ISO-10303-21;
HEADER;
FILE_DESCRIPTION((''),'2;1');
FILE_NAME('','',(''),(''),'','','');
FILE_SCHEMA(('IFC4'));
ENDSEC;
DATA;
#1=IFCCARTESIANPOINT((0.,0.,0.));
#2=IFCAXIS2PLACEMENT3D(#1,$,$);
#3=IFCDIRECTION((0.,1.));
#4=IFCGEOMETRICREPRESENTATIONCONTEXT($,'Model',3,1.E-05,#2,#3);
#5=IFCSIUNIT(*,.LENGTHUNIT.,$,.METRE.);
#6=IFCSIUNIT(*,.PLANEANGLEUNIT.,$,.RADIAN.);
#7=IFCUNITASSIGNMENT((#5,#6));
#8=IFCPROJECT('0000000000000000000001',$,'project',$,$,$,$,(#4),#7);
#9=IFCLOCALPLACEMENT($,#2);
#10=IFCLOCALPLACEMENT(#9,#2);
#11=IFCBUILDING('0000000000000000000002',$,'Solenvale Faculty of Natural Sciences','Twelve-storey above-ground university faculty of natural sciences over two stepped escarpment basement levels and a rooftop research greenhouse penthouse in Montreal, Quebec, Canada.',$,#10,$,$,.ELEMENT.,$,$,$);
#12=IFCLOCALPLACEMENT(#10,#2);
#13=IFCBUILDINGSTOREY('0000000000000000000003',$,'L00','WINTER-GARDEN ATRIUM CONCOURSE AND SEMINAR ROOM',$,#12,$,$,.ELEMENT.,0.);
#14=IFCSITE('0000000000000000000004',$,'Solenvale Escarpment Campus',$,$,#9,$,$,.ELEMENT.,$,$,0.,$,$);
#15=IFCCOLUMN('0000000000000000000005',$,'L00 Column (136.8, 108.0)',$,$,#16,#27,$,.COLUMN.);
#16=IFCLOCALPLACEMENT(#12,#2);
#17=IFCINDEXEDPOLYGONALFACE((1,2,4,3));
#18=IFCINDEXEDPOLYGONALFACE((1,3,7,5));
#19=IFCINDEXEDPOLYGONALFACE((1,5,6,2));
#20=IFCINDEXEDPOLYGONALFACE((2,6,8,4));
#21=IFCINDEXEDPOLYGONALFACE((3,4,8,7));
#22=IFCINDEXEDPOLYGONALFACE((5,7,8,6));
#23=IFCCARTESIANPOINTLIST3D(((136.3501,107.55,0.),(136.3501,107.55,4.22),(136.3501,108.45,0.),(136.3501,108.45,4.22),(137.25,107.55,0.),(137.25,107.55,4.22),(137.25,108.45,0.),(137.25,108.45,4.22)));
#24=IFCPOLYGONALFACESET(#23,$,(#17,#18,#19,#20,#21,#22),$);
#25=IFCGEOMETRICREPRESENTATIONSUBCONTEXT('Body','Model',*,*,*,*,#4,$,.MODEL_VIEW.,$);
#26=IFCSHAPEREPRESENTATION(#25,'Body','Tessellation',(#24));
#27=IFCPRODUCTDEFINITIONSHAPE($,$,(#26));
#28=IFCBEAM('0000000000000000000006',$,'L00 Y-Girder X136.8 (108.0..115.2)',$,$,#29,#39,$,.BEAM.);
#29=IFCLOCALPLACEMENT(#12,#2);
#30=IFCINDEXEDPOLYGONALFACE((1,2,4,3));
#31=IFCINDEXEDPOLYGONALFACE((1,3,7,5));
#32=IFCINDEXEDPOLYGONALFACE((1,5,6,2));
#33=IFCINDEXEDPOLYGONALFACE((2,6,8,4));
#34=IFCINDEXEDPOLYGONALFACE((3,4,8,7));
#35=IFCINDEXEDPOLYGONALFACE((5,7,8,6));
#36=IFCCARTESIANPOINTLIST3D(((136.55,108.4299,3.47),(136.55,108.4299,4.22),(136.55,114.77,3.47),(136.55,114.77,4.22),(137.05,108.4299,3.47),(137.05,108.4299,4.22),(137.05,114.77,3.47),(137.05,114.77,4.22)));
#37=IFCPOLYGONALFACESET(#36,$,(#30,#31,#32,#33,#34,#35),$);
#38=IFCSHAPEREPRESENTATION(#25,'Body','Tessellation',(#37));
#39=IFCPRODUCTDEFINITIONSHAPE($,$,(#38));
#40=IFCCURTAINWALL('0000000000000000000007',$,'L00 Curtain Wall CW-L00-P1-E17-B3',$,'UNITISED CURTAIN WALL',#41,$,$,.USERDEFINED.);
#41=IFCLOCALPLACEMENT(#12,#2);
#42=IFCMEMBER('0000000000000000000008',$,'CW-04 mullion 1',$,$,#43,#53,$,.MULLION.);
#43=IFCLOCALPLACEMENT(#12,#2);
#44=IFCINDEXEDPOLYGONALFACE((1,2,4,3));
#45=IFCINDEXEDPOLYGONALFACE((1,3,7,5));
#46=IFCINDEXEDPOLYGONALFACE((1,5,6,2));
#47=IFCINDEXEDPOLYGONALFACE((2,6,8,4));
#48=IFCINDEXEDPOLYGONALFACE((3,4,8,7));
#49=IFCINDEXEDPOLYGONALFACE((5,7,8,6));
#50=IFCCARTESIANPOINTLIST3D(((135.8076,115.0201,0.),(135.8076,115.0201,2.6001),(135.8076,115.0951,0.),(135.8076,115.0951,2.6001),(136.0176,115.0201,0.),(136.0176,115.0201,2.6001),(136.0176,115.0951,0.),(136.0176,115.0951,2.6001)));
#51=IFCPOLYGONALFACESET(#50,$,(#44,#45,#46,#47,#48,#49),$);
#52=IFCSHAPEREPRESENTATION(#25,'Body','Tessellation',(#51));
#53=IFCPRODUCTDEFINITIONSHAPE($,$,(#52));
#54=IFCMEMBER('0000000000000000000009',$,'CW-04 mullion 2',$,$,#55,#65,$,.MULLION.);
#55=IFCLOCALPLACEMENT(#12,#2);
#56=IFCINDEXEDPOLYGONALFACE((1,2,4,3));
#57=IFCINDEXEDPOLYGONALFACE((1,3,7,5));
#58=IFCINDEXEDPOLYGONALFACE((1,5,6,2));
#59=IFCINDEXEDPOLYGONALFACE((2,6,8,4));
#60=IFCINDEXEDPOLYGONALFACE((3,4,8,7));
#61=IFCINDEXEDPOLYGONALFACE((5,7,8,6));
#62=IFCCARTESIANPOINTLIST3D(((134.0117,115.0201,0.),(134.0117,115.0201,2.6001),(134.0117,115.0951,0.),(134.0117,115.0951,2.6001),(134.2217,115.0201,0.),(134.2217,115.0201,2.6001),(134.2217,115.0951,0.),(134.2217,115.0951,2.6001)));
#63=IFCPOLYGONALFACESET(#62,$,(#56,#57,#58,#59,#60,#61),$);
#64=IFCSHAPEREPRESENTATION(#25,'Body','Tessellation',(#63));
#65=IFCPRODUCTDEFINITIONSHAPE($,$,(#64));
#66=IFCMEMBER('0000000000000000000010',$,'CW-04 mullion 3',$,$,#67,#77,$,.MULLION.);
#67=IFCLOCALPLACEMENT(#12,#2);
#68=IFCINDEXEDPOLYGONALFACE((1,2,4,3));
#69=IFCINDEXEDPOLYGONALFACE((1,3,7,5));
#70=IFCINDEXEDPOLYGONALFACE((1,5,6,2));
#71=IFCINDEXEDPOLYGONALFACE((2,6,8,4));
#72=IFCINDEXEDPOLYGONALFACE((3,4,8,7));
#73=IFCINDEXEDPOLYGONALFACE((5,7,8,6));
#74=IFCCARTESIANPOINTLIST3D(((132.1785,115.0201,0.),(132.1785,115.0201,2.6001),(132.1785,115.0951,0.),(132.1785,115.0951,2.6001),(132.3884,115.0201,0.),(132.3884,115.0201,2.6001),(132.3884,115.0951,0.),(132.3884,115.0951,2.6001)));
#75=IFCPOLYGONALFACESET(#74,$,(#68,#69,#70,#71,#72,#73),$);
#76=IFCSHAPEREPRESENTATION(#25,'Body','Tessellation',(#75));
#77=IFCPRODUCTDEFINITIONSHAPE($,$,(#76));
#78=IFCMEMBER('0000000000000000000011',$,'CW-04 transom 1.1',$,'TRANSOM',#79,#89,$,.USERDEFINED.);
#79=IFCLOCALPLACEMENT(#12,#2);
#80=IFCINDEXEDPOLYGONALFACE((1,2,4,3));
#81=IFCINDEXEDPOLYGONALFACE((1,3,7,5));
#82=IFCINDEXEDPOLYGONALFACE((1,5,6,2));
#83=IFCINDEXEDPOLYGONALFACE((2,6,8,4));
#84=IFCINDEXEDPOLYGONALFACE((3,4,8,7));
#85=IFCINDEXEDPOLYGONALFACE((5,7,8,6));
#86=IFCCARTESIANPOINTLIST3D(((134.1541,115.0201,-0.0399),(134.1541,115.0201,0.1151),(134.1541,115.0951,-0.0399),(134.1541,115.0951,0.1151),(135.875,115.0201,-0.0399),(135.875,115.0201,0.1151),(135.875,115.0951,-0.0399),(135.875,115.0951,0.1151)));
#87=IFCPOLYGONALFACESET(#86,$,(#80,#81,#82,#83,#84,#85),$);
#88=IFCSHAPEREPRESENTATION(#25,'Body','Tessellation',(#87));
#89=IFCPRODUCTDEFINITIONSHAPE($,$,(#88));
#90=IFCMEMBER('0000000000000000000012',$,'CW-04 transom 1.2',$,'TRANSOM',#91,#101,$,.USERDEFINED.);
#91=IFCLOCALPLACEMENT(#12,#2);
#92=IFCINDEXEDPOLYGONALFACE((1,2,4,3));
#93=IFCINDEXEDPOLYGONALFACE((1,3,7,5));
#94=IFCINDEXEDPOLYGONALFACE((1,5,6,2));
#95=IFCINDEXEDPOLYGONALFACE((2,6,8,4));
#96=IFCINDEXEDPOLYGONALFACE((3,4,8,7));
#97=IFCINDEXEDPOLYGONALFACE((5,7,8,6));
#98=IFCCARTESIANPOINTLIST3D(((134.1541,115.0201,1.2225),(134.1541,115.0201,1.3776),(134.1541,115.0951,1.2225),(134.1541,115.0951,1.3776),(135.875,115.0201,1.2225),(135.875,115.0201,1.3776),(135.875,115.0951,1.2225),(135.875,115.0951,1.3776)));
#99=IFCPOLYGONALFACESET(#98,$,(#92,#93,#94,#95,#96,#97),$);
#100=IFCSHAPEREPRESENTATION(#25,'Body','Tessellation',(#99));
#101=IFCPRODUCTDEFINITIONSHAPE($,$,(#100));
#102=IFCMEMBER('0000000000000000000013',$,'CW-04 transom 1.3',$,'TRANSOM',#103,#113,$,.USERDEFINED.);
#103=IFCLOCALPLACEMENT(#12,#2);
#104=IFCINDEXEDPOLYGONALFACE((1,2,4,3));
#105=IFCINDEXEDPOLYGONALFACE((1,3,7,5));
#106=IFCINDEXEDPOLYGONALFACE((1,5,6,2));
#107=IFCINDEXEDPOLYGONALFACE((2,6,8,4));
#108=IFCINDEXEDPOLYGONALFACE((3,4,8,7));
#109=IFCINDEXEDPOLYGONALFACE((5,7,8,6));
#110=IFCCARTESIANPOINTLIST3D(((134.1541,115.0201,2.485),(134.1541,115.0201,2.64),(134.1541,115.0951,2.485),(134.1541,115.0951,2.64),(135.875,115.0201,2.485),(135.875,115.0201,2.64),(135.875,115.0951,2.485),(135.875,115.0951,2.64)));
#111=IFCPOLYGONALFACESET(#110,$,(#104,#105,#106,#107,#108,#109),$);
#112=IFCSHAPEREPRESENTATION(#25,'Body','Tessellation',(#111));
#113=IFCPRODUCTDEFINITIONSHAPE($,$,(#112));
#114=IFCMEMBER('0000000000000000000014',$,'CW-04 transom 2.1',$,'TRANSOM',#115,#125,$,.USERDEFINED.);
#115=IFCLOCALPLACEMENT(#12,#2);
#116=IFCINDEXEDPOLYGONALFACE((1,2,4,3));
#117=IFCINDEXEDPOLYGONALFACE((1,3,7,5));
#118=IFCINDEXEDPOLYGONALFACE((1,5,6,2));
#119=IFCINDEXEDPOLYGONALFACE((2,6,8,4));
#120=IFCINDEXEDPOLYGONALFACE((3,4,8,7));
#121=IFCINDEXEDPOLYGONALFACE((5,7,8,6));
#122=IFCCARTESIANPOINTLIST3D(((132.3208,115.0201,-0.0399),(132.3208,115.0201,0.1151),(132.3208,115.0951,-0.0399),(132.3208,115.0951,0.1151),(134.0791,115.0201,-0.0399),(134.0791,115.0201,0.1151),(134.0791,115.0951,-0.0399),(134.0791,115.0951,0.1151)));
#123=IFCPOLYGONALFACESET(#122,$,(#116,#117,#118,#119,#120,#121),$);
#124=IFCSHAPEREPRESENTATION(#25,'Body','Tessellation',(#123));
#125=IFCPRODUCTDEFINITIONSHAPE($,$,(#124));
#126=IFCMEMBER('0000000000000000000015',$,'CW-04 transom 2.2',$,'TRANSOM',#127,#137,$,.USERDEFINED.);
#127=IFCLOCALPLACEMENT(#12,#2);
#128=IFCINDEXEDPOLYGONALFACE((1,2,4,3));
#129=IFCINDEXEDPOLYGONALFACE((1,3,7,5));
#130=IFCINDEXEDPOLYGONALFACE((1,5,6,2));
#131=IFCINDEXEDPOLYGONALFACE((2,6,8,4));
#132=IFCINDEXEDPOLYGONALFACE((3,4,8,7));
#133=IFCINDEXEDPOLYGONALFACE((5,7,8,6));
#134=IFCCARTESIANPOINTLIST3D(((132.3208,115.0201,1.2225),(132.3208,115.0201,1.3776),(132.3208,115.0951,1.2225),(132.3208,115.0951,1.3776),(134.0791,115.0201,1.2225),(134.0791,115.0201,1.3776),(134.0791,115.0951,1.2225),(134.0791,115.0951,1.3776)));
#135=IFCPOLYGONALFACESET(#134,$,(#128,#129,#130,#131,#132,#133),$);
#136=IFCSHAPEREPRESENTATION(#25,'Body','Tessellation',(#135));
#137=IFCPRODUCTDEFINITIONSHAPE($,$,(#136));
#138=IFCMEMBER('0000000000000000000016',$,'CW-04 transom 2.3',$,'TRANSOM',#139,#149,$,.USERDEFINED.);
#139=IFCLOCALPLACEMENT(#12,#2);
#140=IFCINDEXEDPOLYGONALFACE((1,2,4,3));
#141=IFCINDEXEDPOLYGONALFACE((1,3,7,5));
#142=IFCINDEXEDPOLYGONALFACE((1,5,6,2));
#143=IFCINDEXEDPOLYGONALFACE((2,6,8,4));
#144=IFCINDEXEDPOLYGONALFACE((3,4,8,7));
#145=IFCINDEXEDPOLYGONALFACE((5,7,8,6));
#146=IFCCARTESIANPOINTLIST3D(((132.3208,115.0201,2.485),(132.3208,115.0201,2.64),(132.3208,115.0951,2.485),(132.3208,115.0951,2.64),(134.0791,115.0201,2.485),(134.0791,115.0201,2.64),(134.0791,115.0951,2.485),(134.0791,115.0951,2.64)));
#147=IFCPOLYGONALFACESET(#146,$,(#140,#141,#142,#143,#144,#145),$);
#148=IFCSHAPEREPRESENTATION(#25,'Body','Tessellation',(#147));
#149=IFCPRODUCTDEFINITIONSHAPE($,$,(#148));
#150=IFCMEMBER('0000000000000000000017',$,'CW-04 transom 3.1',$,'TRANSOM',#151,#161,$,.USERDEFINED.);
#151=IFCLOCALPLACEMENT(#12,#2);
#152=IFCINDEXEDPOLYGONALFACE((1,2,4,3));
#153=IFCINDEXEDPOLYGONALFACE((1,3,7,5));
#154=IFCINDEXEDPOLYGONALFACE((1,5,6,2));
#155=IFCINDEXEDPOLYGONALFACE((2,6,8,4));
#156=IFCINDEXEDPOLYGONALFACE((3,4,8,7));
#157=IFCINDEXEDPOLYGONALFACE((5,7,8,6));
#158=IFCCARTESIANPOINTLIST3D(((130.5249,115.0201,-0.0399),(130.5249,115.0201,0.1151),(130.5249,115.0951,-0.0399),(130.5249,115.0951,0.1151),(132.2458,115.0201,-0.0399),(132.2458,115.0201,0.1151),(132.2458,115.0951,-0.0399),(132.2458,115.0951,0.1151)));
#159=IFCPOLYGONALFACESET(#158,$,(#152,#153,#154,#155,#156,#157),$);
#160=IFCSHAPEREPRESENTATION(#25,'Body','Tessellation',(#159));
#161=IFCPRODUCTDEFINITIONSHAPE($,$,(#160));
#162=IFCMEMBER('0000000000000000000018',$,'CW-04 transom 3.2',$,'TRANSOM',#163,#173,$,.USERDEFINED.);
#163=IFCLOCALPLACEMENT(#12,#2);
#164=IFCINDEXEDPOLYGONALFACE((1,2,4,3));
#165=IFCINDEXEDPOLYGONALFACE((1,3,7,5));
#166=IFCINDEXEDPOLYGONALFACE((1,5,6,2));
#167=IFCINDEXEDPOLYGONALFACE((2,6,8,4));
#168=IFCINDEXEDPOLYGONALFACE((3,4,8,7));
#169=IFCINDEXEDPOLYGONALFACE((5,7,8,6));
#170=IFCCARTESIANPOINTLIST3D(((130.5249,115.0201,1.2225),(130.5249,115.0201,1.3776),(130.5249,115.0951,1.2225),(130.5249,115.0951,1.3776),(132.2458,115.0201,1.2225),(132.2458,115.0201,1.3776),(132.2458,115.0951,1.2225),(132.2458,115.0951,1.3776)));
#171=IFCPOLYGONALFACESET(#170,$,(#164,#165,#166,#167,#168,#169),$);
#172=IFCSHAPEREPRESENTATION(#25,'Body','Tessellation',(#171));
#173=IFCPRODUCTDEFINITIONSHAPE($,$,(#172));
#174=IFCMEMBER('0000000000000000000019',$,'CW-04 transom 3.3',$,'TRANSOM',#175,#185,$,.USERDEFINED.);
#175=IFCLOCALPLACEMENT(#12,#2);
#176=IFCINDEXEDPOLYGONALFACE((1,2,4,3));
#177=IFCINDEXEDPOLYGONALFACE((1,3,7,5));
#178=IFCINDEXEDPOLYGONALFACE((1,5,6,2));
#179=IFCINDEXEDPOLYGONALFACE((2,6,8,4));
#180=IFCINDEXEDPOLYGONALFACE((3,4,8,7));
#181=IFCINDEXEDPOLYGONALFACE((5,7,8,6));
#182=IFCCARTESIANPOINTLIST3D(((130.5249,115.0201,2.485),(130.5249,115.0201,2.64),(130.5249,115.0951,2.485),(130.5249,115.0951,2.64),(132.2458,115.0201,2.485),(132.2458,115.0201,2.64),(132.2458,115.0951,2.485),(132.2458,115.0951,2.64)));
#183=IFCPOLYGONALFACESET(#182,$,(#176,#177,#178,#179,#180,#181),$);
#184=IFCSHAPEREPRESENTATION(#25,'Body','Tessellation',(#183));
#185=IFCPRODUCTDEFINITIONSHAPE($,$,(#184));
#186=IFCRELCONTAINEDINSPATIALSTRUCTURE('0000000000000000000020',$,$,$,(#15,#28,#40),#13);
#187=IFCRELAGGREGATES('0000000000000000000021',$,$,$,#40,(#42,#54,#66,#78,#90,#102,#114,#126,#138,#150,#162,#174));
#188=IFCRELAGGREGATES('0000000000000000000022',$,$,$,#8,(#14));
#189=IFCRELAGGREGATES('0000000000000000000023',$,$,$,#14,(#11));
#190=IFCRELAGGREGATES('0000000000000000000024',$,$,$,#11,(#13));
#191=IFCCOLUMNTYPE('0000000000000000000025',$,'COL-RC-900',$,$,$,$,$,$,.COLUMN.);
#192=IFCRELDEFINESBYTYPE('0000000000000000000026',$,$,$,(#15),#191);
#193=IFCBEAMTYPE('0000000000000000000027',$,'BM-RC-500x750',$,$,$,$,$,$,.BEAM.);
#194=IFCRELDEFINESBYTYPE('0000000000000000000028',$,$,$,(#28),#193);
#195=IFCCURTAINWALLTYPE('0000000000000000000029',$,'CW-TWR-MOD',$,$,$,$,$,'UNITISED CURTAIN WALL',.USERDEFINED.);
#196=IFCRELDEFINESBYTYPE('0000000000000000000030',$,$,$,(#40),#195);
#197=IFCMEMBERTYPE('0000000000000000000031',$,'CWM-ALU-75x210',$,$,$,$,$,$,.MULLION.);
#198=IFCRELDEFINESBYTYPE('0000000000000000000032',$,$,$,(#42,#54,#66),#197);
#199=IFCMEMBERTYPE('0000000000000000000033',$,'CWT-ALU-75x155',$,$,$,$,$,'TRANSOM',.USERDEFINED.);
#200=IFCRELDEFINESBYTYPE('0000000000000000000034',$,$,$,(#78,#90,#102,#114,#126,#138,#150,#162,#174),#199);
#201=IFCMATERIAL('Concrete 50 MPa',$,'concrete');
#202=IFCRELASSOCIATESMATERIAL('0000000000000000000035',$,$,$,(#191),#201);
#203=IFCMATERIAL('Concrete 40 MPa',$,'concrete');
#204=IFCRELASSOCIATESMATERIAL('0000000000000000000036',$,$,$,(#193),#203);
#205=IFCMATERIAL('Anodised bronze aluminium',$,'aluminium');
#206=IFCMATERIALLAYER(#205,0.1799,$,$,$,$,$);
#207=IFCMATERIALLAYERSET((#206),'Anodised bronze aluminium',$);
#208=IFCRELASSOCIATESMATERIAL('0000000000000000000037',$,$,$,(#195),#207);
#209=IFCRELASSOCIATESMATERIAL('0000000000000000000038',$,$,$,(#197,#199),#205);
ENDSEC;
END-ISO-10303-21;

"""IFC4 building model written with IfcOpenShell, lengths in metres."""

from ifc_helpers import new_model, si_unit, direction, frame, origin, origin_2d, place, context, subcontext, project, spatial, rectangle, extrude, material, layer, layer_set, material_profile, profile_set, type_object, element, aggregate, save


model = new_model("IFC4")

# Units and contexts
model_context = context("Model", 3, precision=1e-05, world=origin(), true_north=direction((0.0, 1.0)))
body_context = subcontext(model_context, "Body", "Model", "MODEL_VIEW")
ifc_project = project(units=[si_unit("LENGTHUNIT", "METRE"), si_unit("PLANEANGLEUNIT", "RADIAN")], contexts=[model_context])

# Site, building, storey
site_placement = place(None, origin())
site = spatial("IfcSite", under=ifc_project, at=site_placement, Name="Solenvale Escarpment Campus", CompositionType="ELEMENT", RefElevation=0.0)
building_placement = place(site_placement, origin())
building = spatial("IfcBuilding", under=site, at=building_placement, Name="Solenvale Faculty of Natural Sciences", Description="Twelve-storey above-ground university faculty of natural sciences over two stepped escarpment basement levels and a rooftop research greenhouse penthouse in Montreal, Quebec, Canada.", CompositionType="ELEMENT")
storey_placement = place(building_placement, origin())
storey = spatial("IfcBuildingStorey", under=building, at=storey_placement, Name="L00", Description="WINTER-GARDEN ATRIUM CONCOURSE AND SEMINAR ROOM", CompositionType="ELEMENT", Elevation=0.0)

# Column
ifc_material_1 = material(Name="Concrete 50 MPa", Category="concrete")
ifc_material_profile_1 = material_profile(ifc_material_1, rectangle(XDim=0.8999, YDim=0.8999, at=origin_2d()), Name="RC-COL-900x900")
ifc_profile_set_1 = profile_set([ifc_material_profile_1], Name="Concrete 50 MPa")
column_type = type_object("IfcColumnType", Name="COL-RC-900", PredefinedType="COLUMN", material=ifc_profile_set_1)
column_placement = place(storey_placement, frame((136.8, 108.0, 0.0), z_axis=(0.0, 0.0, 1.0), x_axis=(1.0, 0.0, 0.0)))
element("IfcColumn", 1, at=column_placement, inside=storey, type_object=column_type, Name="L00 Column (136.8, 108.0)", PredefinedType="COLUMN", context=body_context, shape_type="SweptSolid", body=[
    extrude(rectangle(XDim=0.8999, YDim=0.8999, at=origin_2d()), origin(), (0.0, 0.0, 1.0), 4.22),
])

# Beam
ifc_material_2 = material(Name="Concrete 40 MPa", Category="concrete")
ifc_material_profile_2 = material_profile(ifc_material_2, rectangle(XDim=0.5, YDim=0.75, at=origin_2d()), Name="RC-BM-500x750")
ifc_profile_set_2 = profile_set([ifc_material_profile_2], Name="Concrete 40 MPa")
beam_type = type_object("IfcBeamType", Name="BM-RC-500x750", PredefinedType="BEAM", material=ifc_profile_set_2)
beam_placement = place(storey_placement, frame((136.8, 108.4299, 3.845), z_axis=(0.0, 1.0, 0.0), x_axis=(-1.0, 0.0, 0.0)))
element("IfcBeam", 2, at=beam_placement, inside=storey, type_object=beam_type, Name="L00 Y-Girder X136.8 (108.0..115.2)", PredefinedType="BEAM", context=body_context, shape_type="SweptSolid", body=[
    extrude(rectangle(XDim=0.5, YDim=0.75, at=origin_2d()), origin(), (0.0, 0.0, 1.0), 6.3401),
])

# Curtain wall, members
ifc_material_3 = material(Name="Anodised bronze aluminium", Category="aluminium")
ifc_layer_1 = layer(ifc_material_3, 0.1799)
ifc_layer_set_1 = layer_set([ifc_layer_1], Name="Anodised bronze aluminium")
curtain_wall_type = type_object("IfcCurtainWallType", Name="CW-TWR-MOD", ElementType="UNITISED CURTAIN WALL", PredefinedType="USERDEFINED", material=ifc_layer_set_1)
curtain_wall_placement = place(storey_placement, origin())
curtain_wall = element("IfcCurtainWall", 3, at=curtain_wall_placement, inside=storey, type_object=curtain_wall_type, Name="L00 Curtain Wall CW-L00-P1-E17-B3", ObjectType="UNITISED CURTAIN WALL", PredefinedType="USERDEFINED")
ifc_material_profile_3 = material_profile(ifc_material_3, rectangle(XDim=0.075, YDim=0.21, at=origin_2d()), Name="ALU-MUL-75x210")
ifc_profile_set_3 = profile_set([ifc_material_profile_3], Name="Anodised bronze aluminium")
member_type_1 = type_object("IfcMemberType", Name="CWM-ALU-75x210", PredefinedType="MULLION", material=ifc_profile_set_3)
member_1_placement = place(storey_placement, frame((135.9126, 115.0576, 0.0), z_axis=(0.0, 0.0, 1.0), x_axis=(0.0, -1.0, 0.0)))
member_1 = element("IfcMember", 4, at=member_1_placement, type_object=member_type_1, Name="CW-04 mullion 1", PredefinedType="MULLION", context=body_context, shape_type="SweptSolid", body=[
    extrude(rectangle(XDim=0.075, YDim=0.21, at=origin_2d()), origin(), (0.0, 0.0, 1.0), 2.6001),
])
member_2_placement = place(storey_placement, frame((134.1167, 115.0576, 0.0), z_axis=(0.0, 0.0, 1.0), x_axis=(0.0, -1.0, 0.0)))
member_2 = element("IfcMember", 5, at=member_2_placement, type_object=member_type_1, Name="CW-04 mullion 2", PredefinedType="MULLION", context=body_context, shape_type="SweptSolid", body=[
    extrude(rectangle(XDim=0.075, YDim=0.21, at=origin_2d()), origin(), (0.0, 0.0, 1.0), 2.6001),
])
member_3_placement = place(storey_placement, frame((132.2834, 115.0576, 0.0), z_axis=(0.0, 0.0, 1.0), x_axis=(0.0, -1.0, 0.0)))
member_3 = element("IfcMember", 6, at=member_3_placement, type_object=member_type_1, Name="CW-04 mullion 3", PredefinedType="MULLION", context=body_context, shape_type="SweptSolid", body=[
    extrude(rectangle(XDim=0.075, YDim=0.21, at=origin_2d()), origin(), (0.0, 0.0, 1.0), 2.6001),
])
ifc_material_profile_4 = material_profile(ifc_material_3, rectangle(XDim=0.075, YDim=0.155, at=origin_2d()), Name="ALU-TRN-75x155")
ifc_profile_set_4 = profile_set([ifc_material_profile_4], Name="Anodised bronze aluminium")
member_type_2 = type_object("IfcMemberType", Name="CWT-ALU-75x155", ElementType="TRANSOM", PredefinedType="USERDEFINED", material=ifc_profile_set_4)
member_4_placement = place(storey_placement, frame((135.875, 115.0576, 0.0376), z_axis=(-1.0, 0.0, 0.0), x_axis=(0.0, -1.0, 0.0)))
member_4 = element("IfcMember", 7, at=member_4_placement, type_object=member_type_2, Name="CW-04 transom 1.1", ObjectType="TRANSOM", PredefinedType="USERDEFINED", context=body_context, shape_type="SweptSolid", body=[
    extrude(rectangle(XDim=0.075, YDim=0.155, at=origin_2d()), origin(), (0.0, 0.0, 1.0), 1.7209),
])
member_5_placement = place(storey_placement, frame((135.875, 115.0576, 1.3), z_axis=(-1.0, 0.0, 0.0), x_axis=(0.0, -1.0, 0.0)))
member_5 = element("IfcMember", 8, at=member_5_placement, type_object=member_type_2, Name="CW-04 transom 1.2", ObjectType="TRANSOM", PredefinedType="USERDEFINED", context=body_context, shape_type="SweptSolid", body=[
    extrude(rectangle(XDim=0.075, YDim=0.155, at=origin_2d()), origin(), (0.0, 0.0, 1.0), 1.7209),
])
member_6_placement = place(storey_placement, frame((135.875, 115.0576, 2.5625), z_axis=(-1.0, 0.0, 0.0), x_axis=(0.0, -1.0, 0.0)))
member_6 = element("IfcMember", 9, at=member_6_placement, type_object=member_type_2, Name="CW-04 transom 1.3", ObjectType="TRANSOM", PredefinedType="USERDEFINED", context=body_context, shape_type="SweptSolid", body=[
    extrude(rectangle(XDim=0.075, YDim=0.155, at=origin_2d()), origin(), (0.0, 0.0, 1.0), 1.7209),
])
member_7_placement = place(storey_placement, frame((134.0791, 115.0576, 0.0376), z_axis=(-1.0, 0.0, 0.0), x_axis=(0.0, -1.0, 0.0)))
member_7 = element("IfcMember", 10, at=member_7_placement, type_object=member_type_2, Name="CW-04 transom 2.1", ObjectType="TRANSOM", PredefinedType="USERDEFINED", context=body_context, shape_type="SweptSolid", body=[
    extrude(rectangle(XDim=0.075, YDim=0.155, at=origin_2d()), origin(), (0.0, 0.0, 1.0), 1.7583),
])
member_8_placement = place(storey_placement, frame((134.0791, 115.0576, 1.3), z_axis=(-1.0, 0.0, 0.0), x_axis=(0.0, -1.0, 0.0)))
member_8 = element("IfcMember", 11, at=member_8_placement, type_object=member_type_2, Name="CW-04 transom 2.2", ObjectType="TRANSOM", PredefinedType="USERDEFINED", context=body_context, shape_type="SweptSolid", body=[
    extrude(rectangle(XDim=0.075, YDim=0.155, at=origin_2d()), origin(), (0.0, 0.0, 1.0), 1.7583),
])
member_9_placement = place(storey_placement, frame((134.0791, 115.0576, 2.5625), z_axis=(-1.0, 0.0, 0.0), x_axis=(0.0, -1.0, 0.0)))
member_9 = element("IfcMember", 12, at=member_9_placement, type_object=member_type_2, Name="CW-04 transom 2.3", ObjectType="TRANSOM", PredefinedType="USERDEFINED", context=body_context, shape_type="SweptSolid", body=[
    extrude(rectangle(XDim=0.075, YDim=0.155, at=origin_2d()), origin(), (0.0, 0.0, 1.0), 1.7583),
])
member_10_placement = place(storey_placement, frame((132.2458, 115.0576, 0.0376), z_axis=(-1.0, 0.0, 0.0), x_axis=(0.0, -1.0, 0.0)))
member_10 = element("IfcMember", 13, at=member_10_placement, type_object=member_type_2, Name="CW-04 transom 3.1", ObjectType="TRANSOM", PredefinedType="USERDEFINED", context=body_context, shape_type="SweptSolid", body=[
    extrude(rectangle(XDim=0.075, YDim=0.155, at=origin_2d()), origin(), (0.0, 0.0, 1.0), 1.7209),
])
member_11_placement = place(storey_placement, frame((132.2458, 115.0576, 1.3), z_axis=(-1.0, 0.0, 0.0), x_axis=(0.0, -1.0, 0.0)))
member_11 = element("IfcMember", 14, at=member_11_placement, type_object=member_type_2, Name="CW-04 transom 3.2", ObjectType="TRANSOM", PredefinedType="USERDEFINED", context=body_context, shape_type="SweptSolid", body=[
    extrude(rectangle(XDim=0.075, YDim=0.155, at=origin_2d()), origin(), (0.0, 0.0, 1.0), 1.7209),
])
member_12_placement = place(storey_placement, frame((132.2458, 115.0576, 2.5625), z_axis=(-1.0, 0.0, 0.0), x_axis=(0.0, -1.0, 0.0)))
member_12 = element("IfcMember", 15, at=member_12_placement, type_object=member_type_2, Name="CW-04 transom 3.3", ObjectType="TRANSOM", PredefinedType="USERDEFINED", context=body_context, shape_type="SweptSolid", body=[
    extrude(rectangle(XDim=0.075, YDim=0.155, at=origin_2d()), origin(), (0.0, 0.0, 1.0), 1.7209),
])
aggregate(curtain_wall, [member_1, member_2, member_3, member_4, member_5, member_6, member_7, member_8, member_9, member_10, member_11, member_12])

save(model, "model.ifc")
